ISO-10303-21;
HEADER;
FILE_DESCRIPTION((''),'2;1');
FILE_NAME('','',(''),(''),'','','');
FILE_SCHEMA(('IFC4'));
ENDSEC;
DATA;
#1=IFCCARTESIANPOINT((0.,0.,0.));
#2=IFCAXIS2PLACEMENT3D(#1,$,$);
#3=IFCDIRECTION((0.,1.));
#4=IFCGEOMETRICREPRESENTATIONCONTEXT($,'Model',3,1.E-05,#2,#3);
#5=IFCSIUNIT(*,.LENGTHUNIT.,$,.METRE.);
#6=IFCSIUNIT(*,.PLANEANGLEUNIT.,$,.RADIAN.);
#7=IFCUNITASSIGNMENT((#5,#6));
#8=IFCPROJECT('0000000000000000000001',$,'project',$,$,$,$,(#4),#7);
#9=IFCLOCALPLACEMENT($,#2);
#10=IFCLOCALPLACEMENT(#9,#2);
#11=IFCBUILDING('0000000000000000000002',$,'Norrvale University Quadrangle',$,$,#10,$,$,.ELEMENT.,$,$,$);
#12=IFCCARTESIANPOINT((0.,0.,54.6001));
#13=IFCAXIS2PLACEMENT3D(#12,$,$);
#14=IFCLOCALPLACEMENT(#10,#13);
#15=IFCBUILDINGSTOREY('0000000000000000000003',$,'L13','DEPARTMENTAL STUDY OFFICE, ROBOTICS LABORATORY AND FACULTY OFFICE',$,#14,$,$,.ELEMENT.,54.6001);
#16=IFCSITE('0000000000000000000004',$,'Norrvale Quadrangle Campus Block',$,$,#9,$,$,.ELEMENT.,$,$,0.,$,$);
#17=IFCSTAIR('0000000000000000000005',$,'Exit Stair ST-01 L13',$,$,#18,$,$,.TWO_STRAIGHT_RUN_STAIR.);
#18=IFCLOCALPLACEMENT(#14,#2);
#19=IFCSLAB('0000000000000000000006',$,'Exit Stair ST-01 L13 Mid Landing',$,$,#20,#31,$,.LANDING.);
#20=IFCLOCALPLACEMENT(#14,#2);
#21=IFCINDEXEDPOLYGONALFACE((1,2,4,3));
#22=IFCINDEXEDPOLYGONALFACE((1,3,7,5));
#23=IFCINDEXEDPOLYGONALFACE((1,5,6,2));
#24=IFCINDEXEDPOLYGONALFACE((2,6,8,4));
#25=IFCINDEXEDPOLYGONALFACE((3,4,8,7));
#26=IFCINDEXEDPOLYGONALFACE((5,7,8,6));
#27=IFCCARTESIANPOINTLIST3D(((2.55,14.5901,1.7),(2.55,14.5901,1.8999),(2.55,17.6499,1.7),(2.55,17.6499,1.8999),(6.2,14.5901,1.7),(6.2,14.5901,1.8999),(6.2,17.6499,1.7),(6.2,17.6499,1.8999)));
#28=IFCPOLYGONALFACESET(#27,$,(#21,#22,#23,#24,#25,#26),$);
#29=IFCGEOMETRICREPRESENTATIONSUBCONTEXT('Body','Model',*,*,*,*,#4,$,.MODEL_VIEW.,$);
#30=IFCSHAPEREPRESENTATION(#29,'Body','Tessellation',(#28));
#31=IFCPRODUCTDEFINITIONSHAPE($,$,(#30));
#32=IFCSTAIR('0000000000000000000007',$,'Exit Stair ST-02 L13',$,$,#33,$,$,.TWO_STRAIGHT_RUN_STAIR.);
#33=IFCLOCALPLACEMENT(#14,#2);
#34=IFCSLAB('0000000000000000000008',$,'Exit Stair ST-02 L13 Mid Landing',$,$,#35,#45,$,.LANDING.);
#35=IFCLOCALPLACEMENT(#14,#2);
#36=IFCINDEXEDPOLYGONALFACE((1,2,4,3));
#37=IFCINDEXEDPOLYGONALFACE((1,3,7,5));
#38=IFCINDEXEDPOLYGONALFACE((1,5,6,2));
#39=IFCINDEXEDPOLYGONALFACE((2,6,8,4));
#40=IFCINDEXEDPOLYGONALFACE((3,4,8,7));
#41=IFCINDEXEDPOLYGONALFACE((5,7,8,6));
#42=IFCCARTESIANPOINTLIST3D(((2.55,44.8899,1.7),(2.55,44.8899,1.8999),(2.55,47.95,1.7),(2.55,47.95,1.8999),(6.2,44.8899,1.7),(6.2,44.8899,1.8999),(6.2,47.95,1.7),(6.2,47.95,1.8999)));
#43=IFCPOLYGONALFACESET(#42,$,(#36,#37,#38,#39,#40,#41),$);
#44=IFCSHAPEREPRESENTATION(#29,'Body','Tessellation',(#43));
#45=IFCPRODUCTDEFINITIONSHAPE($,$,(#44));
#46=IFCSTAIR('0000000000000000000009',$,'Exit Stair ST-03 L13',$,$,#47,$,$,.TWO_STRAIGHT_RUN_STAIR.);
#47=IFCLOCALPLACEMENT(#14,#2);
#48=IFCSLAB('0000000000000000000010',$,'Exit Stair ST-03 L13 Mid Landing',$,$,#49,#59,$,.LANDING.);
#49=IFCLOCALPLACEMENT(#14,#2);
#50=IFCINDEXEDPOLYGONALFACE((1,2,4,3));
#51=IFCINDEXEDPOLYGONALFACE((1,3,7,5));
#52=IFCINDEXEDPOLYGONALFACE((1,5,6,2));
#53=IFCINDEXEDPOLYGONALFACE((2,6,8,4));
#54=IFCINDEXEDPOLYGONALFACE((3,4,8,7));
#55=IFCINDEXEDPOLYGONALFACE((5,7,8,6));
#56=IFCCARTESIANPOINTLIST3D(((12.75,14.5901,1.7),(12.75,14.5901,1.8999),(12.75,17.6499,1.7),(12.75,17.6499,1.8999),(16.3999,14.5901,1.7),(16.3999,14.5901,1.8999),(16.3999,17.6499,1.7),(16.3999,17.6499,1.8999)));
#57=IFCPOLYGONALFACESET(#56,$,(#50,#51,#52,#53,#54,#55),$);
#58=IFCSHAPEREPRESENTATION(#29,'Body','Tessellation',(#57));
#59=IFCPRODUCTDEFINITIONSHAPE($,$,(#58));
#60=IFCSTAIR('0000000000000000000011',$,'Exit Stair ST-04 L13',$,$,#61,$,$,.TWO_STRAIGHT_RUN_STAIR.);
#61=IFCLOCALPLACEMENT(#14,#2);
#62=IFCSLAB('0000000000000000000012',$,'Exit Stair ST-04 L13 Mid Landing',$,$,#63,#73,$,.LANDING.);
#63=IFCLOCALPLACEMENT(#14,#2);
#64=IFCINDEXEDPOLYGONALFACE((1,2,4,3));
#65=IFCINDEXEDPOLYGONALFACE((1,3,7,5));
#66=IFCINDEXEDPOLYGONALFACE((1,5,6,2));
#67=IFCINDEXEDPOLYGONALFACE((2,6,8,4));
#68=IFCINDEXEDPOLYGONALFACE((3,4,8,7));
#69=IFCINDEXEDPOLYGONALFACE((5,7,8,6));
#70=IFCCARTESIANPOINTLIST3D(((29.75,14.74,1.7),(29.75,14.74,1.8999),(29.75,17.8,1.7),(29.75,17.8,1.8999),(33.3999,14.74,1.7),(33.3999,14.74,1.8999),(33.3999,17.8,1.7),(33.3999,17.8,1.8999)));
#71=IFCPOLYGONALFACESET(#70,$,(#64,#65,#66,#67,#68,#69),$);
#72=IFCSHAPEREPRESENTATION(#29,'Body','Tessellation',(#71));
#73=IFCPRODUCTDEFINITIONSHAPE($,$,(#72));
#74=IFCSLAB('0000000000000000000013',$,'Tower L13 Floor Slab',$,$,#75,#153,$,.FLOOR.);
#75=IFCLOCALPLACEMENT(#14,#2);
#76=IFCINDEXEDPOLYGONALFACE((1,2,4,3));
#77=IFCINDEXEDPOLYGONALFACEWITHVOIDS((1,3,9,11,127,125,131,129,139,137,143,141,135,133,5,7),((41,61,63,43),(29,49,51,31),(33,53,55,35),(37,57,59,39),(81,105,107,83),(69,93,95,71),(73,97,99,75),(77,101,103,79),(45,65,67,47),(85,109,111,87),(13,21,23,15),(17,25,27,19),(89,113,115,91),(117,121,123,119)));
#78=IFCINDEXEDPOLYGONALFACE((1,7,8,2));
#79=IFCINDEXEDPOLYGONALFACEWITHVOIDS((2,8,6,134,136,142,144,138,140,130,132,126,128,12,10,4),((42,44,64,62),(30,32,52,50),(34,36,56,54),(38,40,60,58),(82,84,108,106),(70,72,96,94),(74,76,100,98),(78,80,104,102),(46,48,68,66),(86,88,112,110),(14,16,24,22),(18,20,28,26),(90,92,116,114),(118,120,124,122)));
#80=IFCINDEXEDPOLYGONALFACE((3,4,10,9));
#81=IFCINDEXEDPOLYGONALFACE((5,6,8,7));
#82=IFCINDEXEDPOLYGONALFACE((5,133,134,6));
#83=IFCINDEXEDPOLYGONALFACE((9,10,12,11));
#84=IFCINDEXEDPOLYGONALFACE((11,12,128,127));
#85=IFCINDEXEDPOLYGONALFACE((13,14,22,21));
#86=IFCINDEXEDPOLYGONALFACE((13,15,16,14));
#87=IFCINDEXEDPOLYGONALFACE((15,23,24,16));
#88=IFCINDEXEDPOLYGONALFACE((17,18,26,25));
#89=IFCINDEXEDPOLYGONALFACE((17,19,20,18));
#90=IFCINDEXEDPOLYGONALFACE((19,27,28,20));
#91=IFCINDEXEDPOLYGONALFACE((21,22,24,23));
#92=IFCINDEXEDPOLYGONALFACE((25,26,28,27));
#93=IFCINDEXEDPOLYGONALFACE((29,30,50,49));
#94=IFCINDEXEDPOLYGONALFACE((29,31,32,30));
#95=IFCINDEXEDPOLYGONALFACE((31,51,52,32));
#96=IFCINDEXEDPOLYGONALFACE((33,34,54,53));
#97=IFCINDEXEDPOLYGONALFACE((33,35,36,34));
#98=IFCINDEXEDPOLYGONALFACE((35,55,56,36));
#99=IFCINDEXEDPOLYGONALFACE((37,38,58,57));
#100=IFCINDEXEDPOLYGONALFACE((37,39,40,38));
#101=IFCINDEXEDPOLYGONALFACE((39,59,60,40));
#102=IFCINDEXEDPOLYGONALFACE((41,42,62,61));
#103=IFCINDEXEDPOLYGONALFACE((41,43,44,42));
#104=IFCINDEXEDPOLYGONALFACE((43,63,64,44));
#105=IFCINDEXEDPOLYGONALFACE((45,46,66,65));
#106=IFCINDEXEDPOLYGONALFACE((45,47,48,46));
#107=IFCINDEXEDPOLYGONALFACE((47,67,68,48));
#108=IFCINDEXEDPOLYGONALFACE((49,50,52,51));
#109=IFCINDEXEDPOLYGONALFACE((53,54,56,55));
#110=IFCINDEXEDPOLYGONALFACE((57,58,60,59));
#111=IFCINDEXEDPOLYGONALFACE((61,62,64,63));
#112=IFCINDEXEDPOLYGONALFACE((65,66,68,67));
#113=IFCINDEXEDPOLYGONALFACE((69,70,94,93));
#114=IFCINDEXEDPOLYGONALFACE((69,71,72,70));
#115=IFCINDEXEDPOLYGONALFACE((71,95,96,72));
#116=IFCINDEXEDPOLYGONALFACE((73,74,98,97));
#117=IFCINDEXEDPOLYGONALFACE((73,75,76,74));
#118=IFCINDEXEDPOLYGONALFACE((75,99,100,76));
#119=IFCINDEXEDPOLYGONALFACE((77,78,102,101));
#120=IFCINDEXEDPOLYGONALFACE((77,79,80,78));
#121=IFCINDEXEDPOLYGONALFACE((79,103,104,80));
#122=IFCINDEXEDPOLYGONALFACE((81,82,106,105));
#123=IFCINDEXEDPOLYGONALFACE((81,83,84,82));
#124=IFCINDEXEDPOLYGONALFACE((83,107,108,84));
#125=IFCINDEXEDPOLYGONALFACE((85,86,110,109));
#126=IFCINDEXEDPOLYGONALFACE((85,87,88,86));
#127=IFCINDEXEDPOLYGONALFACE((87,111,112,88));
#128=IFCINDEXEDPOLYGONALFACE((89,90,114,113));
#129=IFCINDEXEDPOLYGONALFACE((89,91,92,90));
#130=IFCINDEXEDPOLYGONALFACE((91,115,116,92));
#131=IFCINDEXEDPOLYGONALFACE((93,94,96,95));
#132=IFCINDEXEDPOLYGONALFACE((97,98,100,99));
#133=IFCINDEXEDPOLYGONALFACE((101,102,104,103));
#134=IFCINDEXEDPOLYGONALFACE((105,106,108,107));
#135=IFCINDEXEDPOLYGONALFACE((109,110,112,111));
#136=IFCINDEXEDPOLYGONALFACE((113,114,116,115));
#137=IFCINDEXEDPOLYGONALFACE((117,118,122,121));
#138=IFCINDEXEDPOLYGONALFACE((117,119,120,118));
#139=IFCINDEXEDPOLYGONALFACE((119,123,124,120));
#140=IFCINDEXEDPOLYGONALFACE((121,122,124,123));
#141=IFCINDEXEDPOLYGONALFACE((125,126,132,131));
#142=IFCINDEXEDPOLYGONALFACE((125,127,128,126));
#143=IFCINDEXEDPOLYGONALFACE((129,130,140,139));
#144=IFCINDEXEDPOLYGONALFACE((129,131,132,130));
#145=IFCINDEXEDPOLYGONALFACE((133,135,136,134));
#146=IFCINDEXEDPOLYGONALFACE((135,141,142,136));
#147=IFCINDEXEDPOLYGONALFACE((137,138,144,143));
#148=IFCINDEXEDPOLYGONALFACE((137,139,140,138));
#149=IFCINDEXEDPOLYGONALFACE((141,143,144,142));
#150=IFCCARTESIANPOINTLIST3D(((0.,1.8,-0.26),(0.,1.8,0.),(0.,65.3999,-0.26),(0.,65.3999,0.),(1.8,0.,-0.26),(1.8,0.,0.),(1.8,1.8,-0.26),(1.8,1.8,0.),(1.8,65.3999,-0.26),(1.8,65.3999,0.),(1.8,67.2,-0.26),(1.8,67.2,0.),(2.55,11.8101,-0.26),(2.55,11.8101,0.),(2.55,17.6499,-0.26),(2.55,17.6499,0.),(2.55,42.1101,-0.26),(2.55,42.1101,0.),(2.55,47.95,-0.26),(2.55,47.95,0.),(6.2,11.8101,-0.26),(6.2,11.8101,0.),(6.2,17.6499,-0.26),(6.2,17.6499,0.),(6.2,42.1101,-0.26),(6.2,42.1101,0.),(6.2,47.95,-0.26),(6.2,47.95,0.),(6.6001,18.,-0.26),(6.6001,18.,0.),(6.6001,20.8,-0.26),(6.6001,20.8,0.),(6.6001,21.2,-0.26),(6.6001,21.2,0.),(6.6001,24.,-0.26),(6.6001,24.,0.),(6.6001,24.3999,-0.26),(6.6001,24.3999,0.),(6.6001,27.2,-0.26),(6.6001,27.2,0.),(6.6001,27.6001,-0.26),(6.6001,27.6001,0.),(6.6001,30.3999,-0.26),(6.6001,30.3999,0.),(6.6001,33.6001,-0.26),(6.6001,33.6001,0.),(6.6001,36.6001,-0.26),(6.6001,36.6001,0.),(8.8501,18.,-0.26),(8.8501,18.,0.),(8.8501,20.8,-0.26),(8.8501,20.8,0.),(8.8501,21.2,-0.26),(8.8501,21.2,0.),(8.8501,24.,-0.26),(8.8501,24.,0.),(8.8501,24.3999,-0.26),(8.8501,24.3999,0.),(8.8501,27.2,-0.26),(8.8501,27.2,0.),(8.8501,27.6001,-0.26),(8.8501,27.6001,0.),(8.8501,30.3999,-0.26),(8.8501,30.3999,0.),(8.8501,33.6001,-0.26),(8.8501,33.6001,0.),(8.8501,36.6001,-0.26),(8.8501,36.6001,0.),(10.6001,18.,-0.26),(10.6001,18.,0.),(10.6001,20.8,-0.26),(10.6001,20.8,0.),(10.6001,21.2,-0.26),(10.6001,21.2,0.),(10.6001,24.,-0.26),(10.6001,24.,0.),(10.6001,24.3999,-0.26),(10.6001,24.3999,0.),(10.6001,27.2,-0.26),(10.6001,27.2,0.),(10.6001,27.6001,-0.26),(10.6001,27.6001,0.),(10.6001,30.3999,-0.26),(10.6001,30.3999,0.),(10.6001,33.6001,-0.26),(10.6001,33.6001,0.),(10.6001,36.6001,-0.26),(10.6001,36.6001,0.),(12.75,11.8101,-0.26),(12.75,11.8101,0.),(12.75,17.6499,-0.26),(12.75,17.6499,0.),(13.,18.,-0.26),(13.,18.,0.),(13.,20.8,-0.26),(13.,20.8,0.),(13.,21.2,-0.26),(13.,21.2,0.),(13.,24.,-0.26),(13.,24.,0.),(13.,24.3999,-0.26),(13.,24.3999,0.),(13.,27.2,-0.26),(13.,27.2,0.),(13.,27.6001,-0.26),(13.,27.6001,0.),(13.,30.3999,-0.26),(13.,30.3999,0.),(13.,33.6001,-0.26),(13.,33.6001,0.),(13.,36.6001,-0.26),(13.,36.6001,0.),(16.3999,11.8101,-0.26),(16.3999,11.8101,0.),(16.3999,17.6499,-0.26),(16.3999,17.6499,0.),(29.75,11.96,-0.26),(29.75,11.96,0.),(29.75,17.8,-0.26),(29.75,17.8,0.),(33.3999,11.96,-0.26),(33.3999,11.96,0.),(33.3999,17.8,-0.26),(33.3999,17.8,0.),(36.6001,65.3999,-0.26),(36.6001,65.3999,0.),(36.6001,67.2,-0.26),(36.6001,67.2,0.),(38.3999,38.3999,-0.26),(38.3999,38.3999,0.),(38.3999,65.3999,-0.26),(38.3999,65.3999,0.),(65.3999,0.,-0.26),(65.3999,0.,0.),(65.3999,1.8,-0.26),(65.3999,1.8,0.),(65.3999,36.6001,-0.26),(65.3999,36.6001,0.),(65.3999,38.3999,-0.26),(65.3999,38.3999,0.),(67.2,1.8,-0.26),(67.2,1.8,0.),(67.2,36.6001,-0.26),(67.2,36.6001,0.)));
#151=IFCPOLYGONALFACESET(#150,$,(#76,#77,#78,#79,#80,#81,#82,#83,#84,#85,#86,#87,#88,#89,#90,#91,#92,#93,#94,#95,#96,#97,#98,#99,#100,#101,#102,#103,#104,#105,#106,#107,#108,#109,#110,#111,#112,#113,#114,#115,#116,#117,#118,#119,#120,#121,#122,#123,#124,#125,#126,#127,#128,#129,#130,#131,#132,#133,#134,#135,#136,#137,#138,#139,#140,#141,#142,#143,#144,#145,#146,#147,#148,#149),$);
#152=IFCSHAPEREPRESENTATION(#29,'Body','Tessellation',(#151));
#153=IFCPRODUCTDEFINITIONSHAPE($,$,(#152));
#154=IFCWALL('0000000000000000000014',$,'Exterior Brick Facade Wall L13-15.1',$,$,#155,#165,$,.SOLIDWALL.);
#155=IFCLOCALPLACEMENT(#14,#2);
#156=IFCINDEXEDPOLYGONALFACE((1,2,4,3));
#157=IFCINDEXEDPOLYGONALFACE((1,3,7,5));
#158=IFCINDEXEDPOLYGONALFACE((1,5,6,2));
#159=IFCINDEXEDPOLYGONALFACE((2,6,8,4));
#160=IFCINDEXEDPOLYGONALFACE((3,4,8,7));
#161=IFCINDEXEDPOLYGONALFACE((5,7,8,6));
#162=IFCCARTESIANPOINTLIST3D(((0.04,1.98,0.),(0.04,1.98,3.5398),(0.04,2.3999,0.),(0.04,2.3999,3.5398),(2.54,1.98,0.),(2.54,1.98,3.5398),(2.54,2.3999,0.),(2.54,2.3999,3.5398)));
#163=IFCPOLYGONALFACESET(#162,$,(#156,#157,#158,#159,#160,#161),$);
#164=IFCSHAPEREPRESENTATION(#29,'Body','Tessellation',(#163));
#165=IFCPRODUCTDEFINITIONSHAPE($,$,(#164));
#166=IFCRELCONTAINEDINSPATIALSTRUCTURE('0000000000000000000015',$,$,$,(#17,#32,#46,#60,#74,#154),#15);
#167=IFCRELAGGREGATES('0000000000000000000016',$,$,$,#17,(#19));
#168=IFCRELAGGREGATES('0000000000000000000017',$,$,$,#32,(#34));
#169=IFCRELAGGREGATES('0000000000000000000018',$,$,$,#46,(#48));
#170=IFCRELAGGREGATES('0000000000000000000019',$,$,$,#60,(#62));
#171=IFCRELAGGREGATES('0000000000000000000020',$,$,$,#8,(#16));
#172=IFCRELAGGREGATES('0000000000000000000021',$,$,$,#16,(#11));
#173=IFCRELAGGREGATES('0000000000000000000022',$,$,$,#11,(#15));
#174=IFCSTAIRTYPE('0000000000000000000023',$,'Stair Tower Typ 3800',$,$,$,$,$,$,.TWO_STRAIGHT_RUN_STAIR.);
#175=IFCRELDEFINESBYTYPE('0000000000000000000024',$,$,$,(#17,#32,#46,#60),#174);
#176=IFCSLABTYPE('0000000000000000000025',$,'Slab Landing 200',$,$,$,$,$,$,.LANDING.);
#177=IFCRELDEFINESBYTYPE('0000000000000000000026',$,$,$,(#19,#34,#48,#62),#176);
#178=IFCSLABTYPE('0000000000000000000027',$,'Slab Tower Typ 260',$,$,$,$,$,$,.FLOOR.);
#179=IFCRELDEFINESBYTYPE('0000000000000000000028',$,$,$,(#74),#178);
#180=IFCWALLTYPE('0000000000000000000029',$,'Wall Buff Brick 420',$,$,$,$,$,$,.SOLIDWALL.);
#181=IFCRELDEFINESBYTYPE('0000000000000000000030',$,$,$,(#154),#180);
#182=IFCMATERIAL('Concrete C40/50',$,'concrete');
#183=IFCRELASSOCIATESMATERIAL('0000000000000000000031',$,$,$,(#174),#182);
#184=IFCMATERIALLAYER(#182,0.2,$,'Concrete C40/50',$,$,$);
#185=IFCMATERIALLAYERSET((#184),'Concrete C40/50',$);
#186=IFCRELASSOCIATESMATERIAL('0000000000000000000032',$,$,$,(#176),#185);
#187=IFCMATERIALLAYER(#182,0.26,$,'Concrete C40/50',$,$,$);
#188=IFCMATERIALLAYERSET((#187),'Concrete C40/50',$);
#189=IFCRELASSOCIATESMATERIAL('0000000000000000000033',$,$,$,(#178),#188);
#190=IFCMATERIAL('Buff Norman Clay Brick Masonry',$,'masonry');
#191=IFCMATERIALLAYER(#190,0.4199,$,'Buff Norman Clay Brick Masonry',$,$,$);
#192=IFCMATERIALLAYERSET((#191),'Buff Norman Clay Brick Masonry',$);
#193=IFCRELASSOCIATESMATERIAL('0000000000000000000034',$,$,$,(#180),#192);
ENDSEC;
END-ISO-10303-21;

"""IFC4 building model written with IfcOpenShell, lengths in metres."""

from ifc_helpers import new_model, si_unit, direction, frame, frame_2d, origin, place, context, subcontext, project, spatial, polyline, rectangle, outline, extrude, material, layer, layer_set, type_object, element, aggregate, save


model = new_model("IFC4")

# Units and contexts
model_context = context("Model", 3, precision=1e-05, world=origin(), true_north=direction((0.0, 1.0)))
body_context = subcontext(model_context, "Body", "Model", "MODEL_VIEW")
ifc_project = project(units=[si_unit("LENGTHUNIT", "METRE"), si_unit("PLANEANGLEUNIT", "RADIAN")], contexts=[model_context])

# Site, building, storey
site_placement = place(None, origin())
site = spatial("IfcSite", under=ifc_project, at=site_placement, Name="Norrvale Quadrangle Campus Block", CompositionType="ELEMENT", RefElevation=0.0)
building_placement = place(site_placement, origin())
building = spatial("IfcBuilding", under=site, at=building_placement, Name="Norrvale University Quadrangle", CompositionType="ELEMENT")
storey_placement = place(building_placement, frame((0.0, 0.0, 54.6001)))
storey = spatial("IfcBuildingStorey", under=building, at=storey_placement, Name="L13", Description="DEPARTMENTAL STUDY OFFICE, ROBOTICS LABORATORY AND FACULTY OFFICE", CompositionType="ELEMENT", Elevation=54.6001)

# Stairs, slabs
ifc_material_1 = material(Name="Concrete C40/50", Category="concrete")
stair_type = type_object("IfcStairType", Name="Stair Tower Typ 3800", PredefinedType="TWO_STRAIGHT_RUN_STAIR", material=ifc_material_1)
stair_1_placement = place(storey_placement, origin())
stair_1 = element("IfcStair", 1, at=stair_1_placement, inside=storey, type_object=stair_type, Name="Exit Stair ST-01 L13", PredefinedType="TWO_STRAIGHT_RUN_STAIR")
ifc_layer_1 = layer(ifc_material_1, 0.2, Name="Concrete C40/50")
ifc_layer_set_1 = layer_set([ifc_layer_1], Name="Concrete C40/50")
slab_type_1 = type_object("IfcSlabType", Name="Slab Landing 200", PredefinedType="LANDING", material=ifc_layer_set_1)
slab_1_placement = place(storey_placement, frame((0.0, 0.0, 1.7)))
slab_1 = element("IfcSlab", 2, at=slab_1_placement, type_object=slab_type_1, Name="Exit Stair ST-01 L13 Mid Landing", PredefinedType="LANDING", context=body_context, shape_type="SweptSolid", body=[
    extrude(outline(polyline([(2.55, 14.5901), (6.2, 14.5901), (6.2, 17.6499), (2.55, 17.6499), (2.55, 14.5901)])), origin(), (0.0, 0.0, 1.0), 0.2),
])
aggregate(stair_1, [slab_1])
stair_2_placement = place(storey_placement, origin())
stair_2 = element("IfcStair", 3, at=stair_2_placement, inside=storey, type_object=stair_type, Name="Exit Stair ST-02 L13", PredefinedType="TWO_STRAIGHT_RUN_STAIR")
slab_2_placement = place(storey_placement, frame((0.0, 0.0, 1.7)))
slab_2 = element("IfcSlab", 4, at=slab_2_placement, type_object=slab_type_1, Name="Exit Stair ST-02 L13 Mid Landing", PredefinedType="LANDING", context=body_context, shape_type="SweptSolid", body=[
    extrude(outline(polyline([(2.55, 44.8899), (6.2, 44.8899), (6.2, 47.95), (2.55, 47.95), (2.55, 44.8899)])), origin(), (0.0, 0.0, 1.0), 0.2),
])
aggregate(stair_2, [slab_2])
stair_3_placement = place(storey_placement, origin())
stair_3 = element("IfcStair", 5, at=stair_3_placement, inside=storey, type_object=stair_type, Name="Exit Stair ST-03 L13", PredefinedType="TWO_STRAIGHT_RUN_STAIR")
slab_3_placement = place(storey_placement, frame((0.0, 0.0, 1.7)))
slab_3 = element("IfcSlab", 6, at=slab_3_placement, type_object=slab_type_1, Name="Exit Stair ST-03 L13 Mid Landing", PredefinedType="LANDING", context=body_context, shape_type="SweptSolid", body=[
    extrude(outline(polyline([(12.75, 14.5901), (16.3999, 14.5901), (16.3999, 17.6499), (12.75, 17.6499), (12.75, 14.5901)])), origin(), (0.0, 0.0, 1.0), 0.2),
])
aggregate(stair_3, [slab_3])
stair_4_placement = place(storey_placement, origin())
stair_4 = element("IfcStair", 7, at=stair_4_placement, inside=storey, type_object=stair_type, Name="Exit Stair ST-04 L13", PredefinedType="TWO_STRAIGHT_RUN_STAIR")
slab_4_placement = place(storey_placement, frame((0.0, 0.0, 1.7)))
slab_4 = element("IfcSlab", 8, at=slab_4_placement, type_object=slab_type_1, Name="Exit Stair ST-04 L13 Mid Landing", PredefinedType="LANDING", context=body_context, shape_type="SweptSolid", body=[
    extrude(outline(polyline([(29.75, 14.74), (33.3999, 14.74), (33.3999, 17.8), (29.75, 17.8), (29.75, 14.74)])), origin(), (0.0, 0.0, 1.0), 0.2),
])
aggregate(stair_4, [slab_4])

# Slab
ifc_layer_2 = layer(ifc_material_1, 0.26, Name="Concrete C40/50")
ifc_layer_set_2 = layer_set([ifc_layer_2], Name="Concrete C40/50")
slab_type_2 = type_object("IfcSlabType", Name="Slab Tower Typ 260", PredefinedType="FLOOR", material=ifc_layer_set_2)
slab_5_placement = place(storey_placement, frame((0.0, 0.0, -0.26)))
element("IfcSlab", 9, at=slab_5_placement, inside=storey, type_object=slab_type_2, Name="Tower L13 Floor Slab", PredefinedType="FLOOR", context=body_context, shape_type="SweptSolid", body=[
    extrude(outline(polyline([(1.8, 0.0), (65.3999, 0.0), (65.3999, 1.8), (67.2, 1.8), (67.2, 36.6001), (65.3999, 36.6001), (65.3999, 38.3999), (38.3999, 38.3999), (38.3999, 65.3999), (36.6001, 65.3999), (36.6001, 67.2), (1.8, 67.2), (1.8, 65.3999), (0.0, 65.3999), (0.0, 1.8), (1.8, 1.8), (1.8, 0.0)]), holes=[polyline([(2.55, 11.8101), (6.2, 11.8101), (6.2, 17.6499), (2.55, 17.6499), (2.55, 11.8101)]), polyline([(2.55, 42.1101), (6.2, 42.1101), (6.2, 47.95), (2.55, 47.95), (2.55, 42.1101)]), polyline([(12.75, 11.8101), (16.3999, 11.8101), (16.3999, 17.6499), (12.75, 17.6499), (12.75, 11.8101)]), polyline([(29.75, 11.96), (33.3999, 11.96), (33.3999, 17.8), (29.75, 17.8), (29.75, 11.96)]), polyline([(6.6001, 18.0), (8.8501, 18.0), (8.8501, 20.8), (6.6001, 20.8), (6.6001, 18.0)]), polyline([(6.6001, 21.2), (8.8501, 21.2), (8.8501, 24.0), (6.6001, 24.0), (6.6001, 21.2)]), polyline([(6.6001, 24.3999), (8.8501, 24.3999), (8.8501, 27.2), (6.6001, 27.2), (6.6001, 24.3999)]), polyline([(6.6001, 27.6001), (8.8501, 27.6001), (8.8501, 30.3999), (6.6001, 30.3999), (6.6001, 27.6001)]), polyline([(10.6001, 18.0), (13.0, 18.0), (13.0, 20.8), (10.6001, 20.8), (10.6001, 18.0)]), polyline([(10.6001, 21.2), (13.0, 21.2), (13.0, 24.0), (10.6001, 24.0), (10.6001, 21.2)]), polyline([(10.6001, 24.3999), (13.0, 24.3999), (13.0, 27.2), (10.6001, 27.2), (10.6001, 24.3999)]), polyline([(10.6001, 27.6001), (13.0, 27.6001), (13.0, 30.3999), (10.6001, 30.3999), (10.6001, 27.6001)]), polyline([(6.6001, 33.6001), (8.8501, 33.6001), (8.8501, 36.6001), (6.6001, 36.6001), (6.6001, 33.6001)]), polyline([(10.6001, 33.6001), (13.0, 33.6001), (13.0, 36.6001), (10.6001, 36.6001), (10.6001, 33.6001)])]), origin(), (0.0, 0.0, 1.0), 0.26),
])

# Wall
ifc_material_2 = material(Name="Buff Norman Clay Brick Masonry", Category="masonry")
ifc_layer_3 = layer(ifc_material_2, 0.4199, Name="Buff Norman Clay Brick Masonry")
ifc_layer_set_3 = layer_set([ifc_layer_3], Name="Buff Norman Clay Brick Masonry")
wall_type_1 = type_object("IfcWallType", Name="Wall Buff Brick 420", PredefinedType="SOLIDWALL", material=ifc_layer_set_3)
wall_1_placement = place(storey_placement, frame((0.04, 2.1899, 0.0), z_axis=(0.0, 0.0, 1.0), x_axis=(1.0, 0.0, 0.0)))
element("IfcWall", 10, at=wall_1_placement, inside=storey, type_object=wall_type_1, Name="Exterior Brick Facade Wall L13-15.1", PredefinedType="SOLIDWALL", context=body_context, shape_type="SweptSolid", body=[
    extrude(rectangle(XDim=2.5, YDim=0.4199, at=frame_2d((1.25, 0.0))), origin(), (0.0, 0.0, 1.0), 3.5398),
])

save(model, "model.ifc")
